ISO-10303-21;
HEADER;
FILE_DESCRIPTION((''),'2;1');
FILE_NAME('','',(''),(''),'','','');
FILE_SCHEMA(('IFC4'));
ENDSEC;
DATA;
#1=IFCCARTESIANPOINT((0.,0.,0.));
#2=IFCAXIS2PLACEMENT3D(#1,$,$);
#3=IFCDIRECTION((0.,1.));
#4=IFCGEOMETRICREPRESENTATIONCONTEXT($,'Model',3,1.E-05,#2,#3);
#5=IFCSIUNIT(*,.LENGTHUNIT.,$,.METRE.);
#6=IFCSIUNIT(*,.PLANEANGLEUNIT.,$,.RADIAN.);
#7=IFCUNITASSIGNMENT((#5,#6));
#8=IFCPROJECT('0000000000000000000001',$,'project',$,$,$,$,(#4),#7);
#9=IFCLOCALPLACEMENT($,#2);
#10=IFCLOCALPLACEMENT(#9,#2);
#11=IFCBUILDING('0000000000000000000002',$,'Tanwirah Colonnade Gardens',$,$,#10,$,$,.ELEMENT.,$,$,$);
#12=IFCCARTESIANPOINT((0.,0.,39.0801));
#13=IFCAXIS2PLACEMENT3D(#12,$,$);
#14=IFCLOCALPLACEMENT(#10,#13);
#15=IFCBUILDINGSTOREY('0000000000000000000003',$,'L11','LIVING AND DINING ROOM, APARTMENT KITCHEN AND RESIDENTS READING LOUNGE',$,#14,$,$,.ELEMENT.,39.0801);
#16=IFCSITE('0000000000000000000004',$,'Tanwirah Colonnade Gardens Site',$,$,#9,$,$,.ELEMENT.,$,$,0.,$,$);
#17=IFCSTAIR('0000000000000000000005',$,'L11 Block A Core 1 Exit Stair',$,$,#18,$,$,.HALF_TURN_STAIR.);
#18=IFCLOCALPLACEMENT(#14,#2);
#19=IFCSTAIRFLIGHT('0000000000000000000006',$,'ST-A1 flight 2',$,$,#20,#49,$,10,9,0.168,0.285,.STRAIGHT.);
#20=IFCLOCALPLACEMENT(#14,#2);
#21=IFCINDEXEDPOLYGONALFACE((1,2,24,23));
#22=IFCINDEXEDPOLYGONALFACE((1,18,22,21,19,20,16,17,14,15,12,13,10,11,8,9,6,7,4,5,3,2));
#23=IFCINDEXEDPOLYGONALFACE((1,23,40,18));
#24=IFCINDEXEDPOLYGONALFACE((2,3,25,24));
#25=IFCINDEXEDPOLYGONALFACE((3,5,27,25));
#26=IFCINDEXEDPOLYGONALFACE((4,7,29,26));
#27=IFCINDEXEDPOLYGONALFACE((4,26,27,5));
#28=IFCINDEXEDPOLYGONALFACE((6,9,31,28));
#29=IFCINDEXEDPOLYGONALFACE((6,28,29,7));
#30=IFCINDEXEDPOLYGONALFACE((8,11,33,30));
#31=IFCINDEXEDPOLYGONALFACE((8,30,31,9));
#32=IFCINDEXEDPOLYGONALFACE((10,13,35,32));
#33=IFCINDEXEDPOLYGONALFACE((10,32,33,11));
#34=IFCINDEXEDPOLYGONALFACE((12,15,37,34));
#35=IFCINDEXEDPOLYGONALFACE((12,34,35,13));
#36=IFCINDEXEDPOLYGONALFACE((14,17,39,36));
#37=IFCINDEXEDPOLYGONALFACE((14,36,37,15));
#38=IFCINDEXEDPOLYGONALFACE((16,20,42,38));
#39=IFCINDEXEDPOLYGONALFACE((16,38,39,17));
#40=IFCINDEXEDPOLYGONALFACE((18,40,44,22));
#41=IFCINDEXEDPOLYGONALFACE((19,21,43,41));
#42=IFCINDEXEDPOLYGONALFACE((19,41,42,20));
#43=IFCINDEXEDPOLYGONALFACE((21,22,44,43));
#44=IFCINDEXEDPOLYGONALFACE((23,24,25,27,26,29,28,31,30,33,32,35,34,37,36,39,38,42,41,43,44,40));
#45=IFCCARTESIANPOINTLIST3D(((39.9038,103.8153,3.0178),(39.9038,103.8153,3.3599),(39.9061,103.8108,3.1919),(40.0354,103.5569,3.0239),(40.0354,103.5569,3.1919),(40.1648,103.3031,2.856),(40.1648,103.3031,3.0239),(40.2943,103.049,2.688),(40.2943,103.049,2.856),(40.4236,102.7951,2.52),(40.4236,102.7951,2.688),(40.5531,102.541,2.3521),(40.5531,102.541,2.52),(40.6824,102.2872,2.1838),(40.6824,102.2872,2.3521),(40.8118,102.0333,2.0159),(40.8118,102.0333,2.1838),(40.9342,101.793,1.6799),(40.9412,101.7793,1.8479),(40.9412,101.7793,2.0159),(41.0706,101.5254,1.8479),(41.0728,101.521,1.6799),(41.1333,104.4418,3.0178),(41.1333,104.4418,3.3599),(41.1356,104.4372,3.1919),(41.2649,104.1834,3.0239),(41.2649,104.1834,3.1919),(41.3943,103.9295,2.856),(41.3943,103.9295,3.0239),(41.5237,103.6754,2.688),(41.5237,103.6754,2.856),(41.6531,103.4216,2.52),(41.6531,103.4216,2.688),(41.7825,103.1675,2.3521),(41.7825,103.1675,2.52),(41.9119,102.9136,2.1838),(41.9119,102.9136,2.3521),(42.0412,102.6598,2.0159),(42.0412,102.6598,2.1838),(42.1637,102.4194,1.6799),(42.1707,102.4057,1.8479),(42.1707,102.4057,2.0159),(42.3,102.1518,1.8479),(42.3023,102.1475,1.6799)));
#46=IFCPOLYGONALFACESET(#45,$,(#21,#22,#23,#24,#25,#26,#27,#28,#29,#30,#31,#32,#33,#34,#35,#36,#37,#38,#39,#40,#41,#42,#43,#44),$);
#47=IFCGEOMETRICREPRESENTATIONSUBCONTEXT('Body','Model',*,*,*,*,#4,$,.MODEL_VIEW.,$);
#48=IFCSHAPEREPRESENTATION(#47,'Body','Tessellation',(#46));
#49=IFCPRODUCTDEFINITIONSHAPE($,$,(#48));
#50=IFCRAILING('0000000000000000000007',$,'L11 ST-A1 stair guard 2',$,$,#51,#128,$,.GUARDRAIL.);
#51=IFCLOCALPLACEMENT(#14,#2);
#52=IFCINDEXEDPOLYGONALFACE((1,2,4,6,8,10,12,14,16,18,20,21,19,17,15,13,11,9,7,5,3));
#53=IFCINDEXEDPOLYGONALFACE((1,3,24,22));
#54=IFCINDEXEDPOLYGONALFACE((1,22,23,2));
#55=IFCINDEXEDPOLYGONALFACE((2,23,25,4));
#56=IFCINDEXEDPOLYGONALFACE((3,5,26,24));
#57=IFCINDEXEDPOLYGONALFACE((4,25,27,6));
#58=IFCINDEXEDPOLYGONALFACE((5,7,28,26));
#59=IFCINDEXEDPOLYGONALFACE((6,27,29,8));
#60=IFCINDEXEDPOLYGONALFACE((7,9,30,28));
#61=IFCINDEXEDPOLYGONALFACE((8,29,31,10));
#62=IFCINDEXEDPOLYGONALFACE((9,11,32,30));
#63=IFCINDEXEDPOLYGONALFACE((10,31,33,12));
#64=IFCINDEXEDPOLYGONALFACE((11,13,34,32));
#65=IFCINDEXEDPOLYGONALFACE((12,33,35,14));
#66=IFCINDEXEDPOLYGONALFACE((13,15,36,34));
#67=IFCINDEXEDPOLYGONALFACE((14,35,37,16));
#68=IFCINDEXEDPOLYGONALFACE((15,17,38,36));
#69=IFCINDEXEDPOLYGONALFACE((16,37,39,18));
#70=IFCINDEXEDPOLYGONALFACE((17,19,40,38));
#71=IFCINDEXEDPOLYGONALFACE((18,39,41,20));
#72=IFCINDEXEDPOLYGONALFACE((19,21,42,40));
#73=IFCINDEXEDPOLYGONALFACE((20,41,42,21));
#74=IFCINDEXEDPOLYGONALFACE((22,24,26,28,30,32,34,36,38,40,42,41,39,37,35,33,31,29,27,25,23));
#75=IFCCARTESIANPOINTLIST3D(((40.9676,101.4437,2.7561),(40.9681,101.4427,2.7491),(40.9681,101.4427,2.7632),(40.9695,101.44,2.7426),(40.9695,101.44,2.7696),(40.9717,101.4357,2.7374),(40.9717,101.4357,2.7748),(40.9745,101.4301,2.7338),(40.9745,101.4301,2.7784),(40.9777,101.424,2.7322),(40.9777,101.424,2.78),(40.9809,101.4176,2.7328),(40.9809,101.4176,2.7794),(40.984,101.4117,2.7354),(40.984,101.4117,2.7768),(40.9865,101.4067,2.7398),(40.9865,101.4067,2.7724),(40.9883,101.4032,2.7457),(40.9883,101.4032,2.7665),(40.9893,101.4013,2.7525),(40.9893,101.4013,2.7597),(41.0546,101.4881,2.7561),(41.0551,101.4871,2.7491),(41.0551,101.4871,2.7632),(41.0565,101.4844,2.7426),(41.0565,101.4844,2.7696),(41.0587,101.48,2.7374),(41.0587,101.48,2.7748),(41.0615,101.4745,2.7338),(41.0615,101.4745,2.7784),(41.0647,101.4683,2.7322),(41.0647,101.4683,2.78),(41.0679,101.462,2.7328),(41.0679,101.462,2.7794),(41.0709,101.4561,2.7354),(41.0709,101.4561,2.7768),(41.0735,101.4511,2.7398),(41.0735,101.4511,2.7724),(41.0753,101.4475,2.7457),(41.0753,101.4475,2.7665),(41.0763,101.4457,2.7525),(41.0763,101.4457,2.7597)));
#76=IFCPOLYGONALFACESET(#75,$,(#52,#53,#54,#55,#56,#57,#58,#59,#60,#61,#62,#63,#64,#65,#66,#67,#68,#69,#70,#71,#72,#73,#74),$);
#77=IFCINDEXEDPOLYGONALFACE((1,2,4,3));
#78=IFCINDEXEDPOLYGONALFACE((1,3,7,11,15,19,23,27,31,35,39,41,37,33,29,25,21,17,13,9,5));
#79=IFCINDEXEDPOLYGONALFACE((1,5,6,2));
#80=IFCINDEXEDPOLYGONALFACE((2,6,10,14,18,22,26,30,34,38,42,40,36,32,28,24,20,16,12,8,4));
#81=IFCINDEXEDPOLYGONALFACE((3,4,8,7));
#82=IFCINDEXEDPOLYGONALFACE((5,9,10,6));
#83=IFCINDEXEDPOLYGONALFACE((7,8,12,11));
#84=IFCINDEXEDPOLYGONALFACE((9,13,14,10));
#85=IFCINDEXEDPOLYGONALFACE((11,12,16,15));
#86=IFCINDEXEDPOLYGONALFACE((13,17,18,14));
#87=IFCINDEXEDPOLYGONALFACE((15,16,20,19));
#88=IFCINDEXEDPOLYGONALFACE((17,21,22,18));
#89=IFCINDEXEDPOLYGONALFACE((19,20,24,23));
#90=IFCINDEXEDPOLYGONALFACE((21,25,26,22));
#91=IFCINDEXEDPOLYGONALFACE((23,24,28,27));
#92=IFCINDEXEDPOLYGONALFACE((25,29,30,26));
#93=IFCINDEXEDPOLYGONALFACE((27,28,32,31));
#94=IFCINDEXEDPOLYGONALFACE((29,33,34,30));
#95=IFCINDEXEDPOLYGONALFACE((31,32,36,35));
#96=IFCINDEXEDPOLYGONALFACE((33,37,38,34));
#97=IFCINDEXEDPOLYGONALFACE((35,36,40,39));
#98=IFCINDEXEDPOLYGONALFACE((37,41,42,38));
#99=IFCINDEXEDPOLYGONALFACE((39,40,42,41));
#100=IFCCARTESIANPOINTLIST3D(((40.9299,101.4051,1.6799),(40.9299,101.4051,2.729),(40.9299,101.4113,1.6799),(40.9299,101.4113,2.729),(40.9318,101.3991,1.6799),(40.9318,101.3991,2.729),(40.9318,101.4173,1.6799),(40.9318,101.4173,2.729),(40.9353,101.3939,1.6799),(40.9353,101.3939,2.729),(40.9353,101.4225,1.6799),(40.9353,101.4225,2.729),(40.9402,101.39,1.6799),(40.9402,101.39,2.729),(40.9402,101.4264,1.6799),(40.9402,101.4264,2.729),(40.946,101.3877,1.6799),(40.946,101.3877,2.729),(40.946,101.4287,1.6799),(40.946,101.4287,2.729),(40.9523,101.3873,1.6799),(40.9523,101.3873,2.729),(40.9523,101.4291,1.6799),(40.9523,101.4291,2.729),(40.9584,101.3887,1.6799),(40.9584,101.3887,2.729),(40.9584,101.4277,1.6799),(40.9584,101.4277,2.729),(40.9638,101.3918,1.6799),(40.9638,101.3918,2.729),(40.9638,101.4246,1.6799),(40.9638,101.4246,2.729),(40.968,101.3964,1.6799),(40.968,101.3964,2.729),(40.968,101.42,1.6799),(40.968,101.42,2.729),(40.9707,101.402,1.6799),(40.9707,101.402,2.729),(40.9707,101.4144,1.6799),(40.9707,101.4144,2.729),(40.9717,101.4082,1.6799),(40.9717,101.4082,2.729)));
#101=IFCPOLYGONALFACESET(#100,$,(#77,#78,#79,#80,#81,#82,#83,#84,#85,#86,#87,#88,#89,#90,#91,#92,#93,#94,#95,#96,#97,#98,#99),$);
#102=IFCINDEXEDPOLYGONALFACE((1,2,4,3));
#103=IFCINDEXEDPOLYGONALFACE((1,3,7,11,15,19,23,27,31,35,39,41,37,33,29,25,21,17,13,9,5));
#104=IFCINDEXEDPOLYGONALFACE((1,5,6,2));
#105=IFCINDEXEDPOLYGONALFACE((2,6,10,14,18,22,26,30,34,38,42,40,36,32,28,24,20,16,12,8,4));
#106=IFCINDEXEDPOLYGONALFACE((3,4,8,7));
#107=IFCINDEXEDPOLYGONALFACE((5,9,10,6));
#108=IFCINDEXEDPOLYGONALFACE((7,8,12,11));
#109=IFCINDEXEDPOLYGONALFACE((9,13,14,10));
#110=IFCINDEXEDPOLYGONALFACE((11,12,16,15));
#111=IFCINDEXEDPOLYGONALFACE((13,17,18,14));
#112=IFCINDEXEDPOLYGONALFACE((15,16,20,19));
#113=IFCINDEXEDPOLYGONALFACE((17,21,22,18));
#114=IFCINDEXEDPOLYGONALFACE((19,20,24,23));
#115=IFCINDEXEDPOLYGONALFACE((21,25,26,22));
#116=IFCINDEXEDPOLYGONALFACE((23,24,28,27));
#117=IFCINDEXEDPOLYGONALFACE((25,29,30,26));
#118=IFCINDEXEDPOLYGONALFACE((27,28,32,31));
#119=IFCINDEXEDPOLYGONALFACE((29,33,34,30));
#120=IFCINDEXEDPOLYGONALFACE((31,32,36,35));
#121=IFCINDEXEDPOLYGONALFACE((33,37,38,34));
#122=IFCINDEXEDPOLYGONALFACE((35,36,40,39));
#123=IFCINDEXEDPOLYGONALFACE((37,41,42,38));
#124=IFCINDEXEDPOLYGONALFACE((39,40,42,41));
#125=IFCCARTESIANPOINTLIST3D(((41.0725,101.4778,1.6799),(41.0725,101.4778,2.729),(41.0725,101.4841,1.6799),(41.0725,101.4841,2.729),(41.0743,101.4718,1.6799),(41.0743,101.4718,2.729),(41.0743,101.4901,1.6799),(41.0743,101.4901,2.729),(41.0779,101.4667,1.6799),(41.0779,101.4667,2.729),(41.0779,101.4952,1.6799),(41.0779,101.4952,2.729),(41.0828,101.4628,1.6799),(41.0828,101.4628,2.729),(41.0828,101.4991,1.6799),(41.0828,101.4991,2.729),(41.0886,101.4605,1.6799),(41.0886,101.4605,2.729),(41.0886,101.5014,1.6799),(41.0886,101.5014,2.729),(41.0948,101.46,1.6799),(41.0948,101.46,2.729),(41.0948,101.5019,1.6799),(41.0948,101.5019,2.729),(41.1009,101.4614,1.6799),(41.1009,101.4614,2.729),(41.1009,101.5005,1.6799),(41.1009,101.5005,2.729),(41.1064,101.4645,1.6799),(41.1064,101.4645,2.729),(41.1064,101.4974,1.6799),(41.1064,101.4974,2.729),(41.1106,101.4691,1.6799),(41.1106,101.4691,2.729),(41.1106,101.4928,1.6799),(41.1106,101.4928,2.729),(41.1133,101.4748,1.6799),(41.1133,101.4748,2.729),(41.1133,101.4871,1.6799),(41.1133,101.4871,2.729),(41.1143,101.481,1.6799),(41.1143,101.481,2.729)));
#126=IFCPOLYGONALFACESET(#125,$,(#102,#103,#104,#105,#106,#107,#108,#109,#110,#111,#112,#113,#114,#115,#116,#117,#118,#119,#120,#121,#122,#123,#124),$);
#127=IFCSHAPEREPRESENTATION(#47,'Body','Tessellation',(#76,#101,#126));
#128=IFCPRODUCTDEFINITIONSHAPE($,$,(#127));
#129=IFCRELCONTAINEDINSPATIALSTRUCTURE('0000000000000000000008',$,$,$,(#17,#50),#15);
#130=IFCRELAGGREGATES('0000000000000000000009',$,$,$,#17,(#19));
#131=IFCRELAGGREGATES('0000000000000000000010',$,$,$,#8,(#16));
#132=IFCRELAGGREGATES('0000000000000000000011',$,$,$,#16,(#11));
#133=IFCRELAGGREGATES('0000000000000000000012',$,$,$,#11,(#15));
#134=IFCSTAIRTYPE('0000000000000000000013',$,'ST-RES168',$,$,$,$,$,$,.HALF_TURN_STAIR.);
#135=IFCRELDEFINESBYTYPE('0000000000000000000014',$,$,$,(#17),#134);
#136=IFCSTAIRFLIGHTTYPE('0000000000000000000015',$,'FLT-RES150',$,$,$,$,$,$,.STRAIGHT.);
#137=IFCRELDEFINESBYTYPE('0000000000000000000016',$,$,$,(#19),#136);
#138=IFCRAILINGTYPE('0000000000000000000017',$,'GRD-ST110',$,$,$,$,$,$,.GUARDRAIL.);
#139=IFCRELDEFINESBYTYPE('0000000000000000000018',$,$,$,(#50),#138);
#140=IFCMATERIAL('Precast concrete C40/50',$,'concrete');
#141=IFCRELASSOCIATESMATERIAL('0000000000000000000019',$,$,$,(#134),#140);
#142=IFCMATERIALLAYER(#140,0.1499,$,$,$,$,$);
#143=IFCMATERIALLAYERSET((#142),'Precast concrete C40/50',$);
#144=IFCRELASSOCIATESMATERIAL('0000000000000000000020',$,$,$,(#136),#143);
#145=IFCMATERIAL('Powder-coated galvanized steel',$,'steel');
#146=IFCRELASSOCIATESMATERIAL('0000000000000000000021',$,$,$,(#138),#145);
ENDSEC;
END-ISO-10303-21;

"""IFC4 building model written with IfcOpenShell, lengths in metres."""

from ifc_helpers import new_model, si_unit, direction, frame, origin, origin_2d, place, context, subcontext, project, spatial, polyline, circle, outline, extrude, material, layer, layer_set, type_object, element, aggregate, save


model = new_model("IFC4")

# Units and contexts
model_context = context("Model", 3, precision=1e-05, world=origin(), true_north=direction((0.0, 1.0)))
body_context = subcontext(model_context, "Body", "Model", "MODEL_VIEW")
ifc_project = project(units=[si_unit("LENGTHUNIT", "METRE"), si_unit("PLANEANGLEUNIT", "RADIAN")], contexts=[model_context])

# Site, building, storey
site_placement = place(None, origin())
site = spatial("IfcSite", under=ifc_project, at=site_placement, Name="Tanwirah Colonnade Gardens Site", CompositionType="ELEMENT", RefElevation=0.0)
building_placement = place(site_placement, origin())
building = spatial("IfcBuilding", under=site, at=building_placement, Name="Tanwirah Colonnade Gardens", CompositionType="ELEMENT")
storey_placement = place(building_placement, frame((0.0, 0.0, 39.0801)))
storey = spatial("IfcBuildingStorey", under=building, at=storey_placement, Name="L11", Description="LIVING AND DINING ROOM, APARTMENT KITCHEN AND RESIDENTS READING LOUNGE", CompositionType="ELEMENT", Elevation=39.0801)

# Shared definitions
ifc_material_1 = material(Name="Precast concrete C40/50", Category="concrete")

# Stair, stair flight
stair_type = type_object("IfcStairType", Name="ST-RES168", PredefinedType="HALF_TURN_STAIR", material=ifc_material_1)
stair_placement = place(storey_placement, origin())
stair = element("IfcStair", 1, at=stair_placement, inside=storey, type_object=stair_type, Name="L11 Block A Core 1 Exit Stair", PredefinedType="HALF_TURN_STAIR")
ifc_layer_1 = layer(ifc_material_1, 0.1499)
ifc_layer_set_1 = layer_set([ifc_layer_1], Name="Precast concrete C40/50")
stair_flight_type = type_object("IfcStairFlightType", Name="FLT-RES150", PredefinedType="STRAIGHT", material=ifc_layer_set_1)
stair_flight_placement = place(storey_placement, frame((41.6853, 101.8386, 1.6799), z_axis=(0.0, 0.0, 1.0), x_axis=(-0.45399, 0.891007, 0.0)))
stair_flight = element("IfcStairFlight", 2, at=stair_flight_placement, type_object=stair_flight_type, Name="ST-A1 flight 2", NumberOfRisers=10, NumberOfTreads=9, PredefinedType="STRAIGHT", RiserHeight=0.168, TreadLength=0.285, context=body_context, shape_type="SweptSolid", body=[
    extrude(outline(polyline([(-0.0049, 0.0), (0.0, 0.168), (0.2849, 0.168), (0.2849, 0.3359), (0.5701, 0.3359), (0.5701, 0.5039), (0.855, 0.5039), (0.855, 0.6721), (1.1399, 0.6721), (1.1399, 0.8401), (1.425, 0.8401), (1.425, 1.0081), (1.71, 1.0081), (1.71, 1.176), (1.9951, 1.176), (1.9951, 1.344), (2.28, 1.344), (2.28, 1.512), (2.5649, 1.512), (2.5701, 1.6799), (2.5701, 1.3379), (0.3003, 0.0), (-0.0049, 0.0)])), frame((0.0, 0.6899, 0.0), z_axis=(0.0, -1.0, 0.0), x_axis=(1.0, 0.0, 0.0)), (0.0, 0.0, 1.0), 1.3799),
])
aggregate(stair, [stair_flight])

# Railing
ifc_material_2 = material(Name="Powder-coated galvanized steel", Category="steel")
railing_type_1 = type_object("IfcRailingType", Name="GRD-ST110", PredefinedType="GUARDRAIL", material=ifc_material_2)
railing_1_placement = place(storey_placement, frame((40.9507, 101.4082, 1.6799)))
element("IfcRailing", 3, at=railing_1_placement, inside=storey, type_object=railing_type_1, Name="L11 ST-A1 stair guard 2", PredefinedType="GUARDRAIL", context=body_context, shape_type="SweptSolid", body=[
    extrude(circle(Radius=0.0239, at=origin_2d()), frame((0.0278, 0.0142, 1.0762), z_axis=(0.890737, 0.45452, 0.0), x_axis=(-0.45452, 0.890737, 0.0)), (0.0, 0.0, 1.0), 0.0977),
    extrude(circle(Radius=0.021, at=origin_2d()), origin(), (0.0, 0.0, 1.0), 1.0491),
    extrude(circle(Radius=0.021, at=origin_2d()), frame((0.1426, 0.0728, 0.0)), (0.0, 0.0, 1.0), 1.0491),
])

save(model, "model.ifc")
